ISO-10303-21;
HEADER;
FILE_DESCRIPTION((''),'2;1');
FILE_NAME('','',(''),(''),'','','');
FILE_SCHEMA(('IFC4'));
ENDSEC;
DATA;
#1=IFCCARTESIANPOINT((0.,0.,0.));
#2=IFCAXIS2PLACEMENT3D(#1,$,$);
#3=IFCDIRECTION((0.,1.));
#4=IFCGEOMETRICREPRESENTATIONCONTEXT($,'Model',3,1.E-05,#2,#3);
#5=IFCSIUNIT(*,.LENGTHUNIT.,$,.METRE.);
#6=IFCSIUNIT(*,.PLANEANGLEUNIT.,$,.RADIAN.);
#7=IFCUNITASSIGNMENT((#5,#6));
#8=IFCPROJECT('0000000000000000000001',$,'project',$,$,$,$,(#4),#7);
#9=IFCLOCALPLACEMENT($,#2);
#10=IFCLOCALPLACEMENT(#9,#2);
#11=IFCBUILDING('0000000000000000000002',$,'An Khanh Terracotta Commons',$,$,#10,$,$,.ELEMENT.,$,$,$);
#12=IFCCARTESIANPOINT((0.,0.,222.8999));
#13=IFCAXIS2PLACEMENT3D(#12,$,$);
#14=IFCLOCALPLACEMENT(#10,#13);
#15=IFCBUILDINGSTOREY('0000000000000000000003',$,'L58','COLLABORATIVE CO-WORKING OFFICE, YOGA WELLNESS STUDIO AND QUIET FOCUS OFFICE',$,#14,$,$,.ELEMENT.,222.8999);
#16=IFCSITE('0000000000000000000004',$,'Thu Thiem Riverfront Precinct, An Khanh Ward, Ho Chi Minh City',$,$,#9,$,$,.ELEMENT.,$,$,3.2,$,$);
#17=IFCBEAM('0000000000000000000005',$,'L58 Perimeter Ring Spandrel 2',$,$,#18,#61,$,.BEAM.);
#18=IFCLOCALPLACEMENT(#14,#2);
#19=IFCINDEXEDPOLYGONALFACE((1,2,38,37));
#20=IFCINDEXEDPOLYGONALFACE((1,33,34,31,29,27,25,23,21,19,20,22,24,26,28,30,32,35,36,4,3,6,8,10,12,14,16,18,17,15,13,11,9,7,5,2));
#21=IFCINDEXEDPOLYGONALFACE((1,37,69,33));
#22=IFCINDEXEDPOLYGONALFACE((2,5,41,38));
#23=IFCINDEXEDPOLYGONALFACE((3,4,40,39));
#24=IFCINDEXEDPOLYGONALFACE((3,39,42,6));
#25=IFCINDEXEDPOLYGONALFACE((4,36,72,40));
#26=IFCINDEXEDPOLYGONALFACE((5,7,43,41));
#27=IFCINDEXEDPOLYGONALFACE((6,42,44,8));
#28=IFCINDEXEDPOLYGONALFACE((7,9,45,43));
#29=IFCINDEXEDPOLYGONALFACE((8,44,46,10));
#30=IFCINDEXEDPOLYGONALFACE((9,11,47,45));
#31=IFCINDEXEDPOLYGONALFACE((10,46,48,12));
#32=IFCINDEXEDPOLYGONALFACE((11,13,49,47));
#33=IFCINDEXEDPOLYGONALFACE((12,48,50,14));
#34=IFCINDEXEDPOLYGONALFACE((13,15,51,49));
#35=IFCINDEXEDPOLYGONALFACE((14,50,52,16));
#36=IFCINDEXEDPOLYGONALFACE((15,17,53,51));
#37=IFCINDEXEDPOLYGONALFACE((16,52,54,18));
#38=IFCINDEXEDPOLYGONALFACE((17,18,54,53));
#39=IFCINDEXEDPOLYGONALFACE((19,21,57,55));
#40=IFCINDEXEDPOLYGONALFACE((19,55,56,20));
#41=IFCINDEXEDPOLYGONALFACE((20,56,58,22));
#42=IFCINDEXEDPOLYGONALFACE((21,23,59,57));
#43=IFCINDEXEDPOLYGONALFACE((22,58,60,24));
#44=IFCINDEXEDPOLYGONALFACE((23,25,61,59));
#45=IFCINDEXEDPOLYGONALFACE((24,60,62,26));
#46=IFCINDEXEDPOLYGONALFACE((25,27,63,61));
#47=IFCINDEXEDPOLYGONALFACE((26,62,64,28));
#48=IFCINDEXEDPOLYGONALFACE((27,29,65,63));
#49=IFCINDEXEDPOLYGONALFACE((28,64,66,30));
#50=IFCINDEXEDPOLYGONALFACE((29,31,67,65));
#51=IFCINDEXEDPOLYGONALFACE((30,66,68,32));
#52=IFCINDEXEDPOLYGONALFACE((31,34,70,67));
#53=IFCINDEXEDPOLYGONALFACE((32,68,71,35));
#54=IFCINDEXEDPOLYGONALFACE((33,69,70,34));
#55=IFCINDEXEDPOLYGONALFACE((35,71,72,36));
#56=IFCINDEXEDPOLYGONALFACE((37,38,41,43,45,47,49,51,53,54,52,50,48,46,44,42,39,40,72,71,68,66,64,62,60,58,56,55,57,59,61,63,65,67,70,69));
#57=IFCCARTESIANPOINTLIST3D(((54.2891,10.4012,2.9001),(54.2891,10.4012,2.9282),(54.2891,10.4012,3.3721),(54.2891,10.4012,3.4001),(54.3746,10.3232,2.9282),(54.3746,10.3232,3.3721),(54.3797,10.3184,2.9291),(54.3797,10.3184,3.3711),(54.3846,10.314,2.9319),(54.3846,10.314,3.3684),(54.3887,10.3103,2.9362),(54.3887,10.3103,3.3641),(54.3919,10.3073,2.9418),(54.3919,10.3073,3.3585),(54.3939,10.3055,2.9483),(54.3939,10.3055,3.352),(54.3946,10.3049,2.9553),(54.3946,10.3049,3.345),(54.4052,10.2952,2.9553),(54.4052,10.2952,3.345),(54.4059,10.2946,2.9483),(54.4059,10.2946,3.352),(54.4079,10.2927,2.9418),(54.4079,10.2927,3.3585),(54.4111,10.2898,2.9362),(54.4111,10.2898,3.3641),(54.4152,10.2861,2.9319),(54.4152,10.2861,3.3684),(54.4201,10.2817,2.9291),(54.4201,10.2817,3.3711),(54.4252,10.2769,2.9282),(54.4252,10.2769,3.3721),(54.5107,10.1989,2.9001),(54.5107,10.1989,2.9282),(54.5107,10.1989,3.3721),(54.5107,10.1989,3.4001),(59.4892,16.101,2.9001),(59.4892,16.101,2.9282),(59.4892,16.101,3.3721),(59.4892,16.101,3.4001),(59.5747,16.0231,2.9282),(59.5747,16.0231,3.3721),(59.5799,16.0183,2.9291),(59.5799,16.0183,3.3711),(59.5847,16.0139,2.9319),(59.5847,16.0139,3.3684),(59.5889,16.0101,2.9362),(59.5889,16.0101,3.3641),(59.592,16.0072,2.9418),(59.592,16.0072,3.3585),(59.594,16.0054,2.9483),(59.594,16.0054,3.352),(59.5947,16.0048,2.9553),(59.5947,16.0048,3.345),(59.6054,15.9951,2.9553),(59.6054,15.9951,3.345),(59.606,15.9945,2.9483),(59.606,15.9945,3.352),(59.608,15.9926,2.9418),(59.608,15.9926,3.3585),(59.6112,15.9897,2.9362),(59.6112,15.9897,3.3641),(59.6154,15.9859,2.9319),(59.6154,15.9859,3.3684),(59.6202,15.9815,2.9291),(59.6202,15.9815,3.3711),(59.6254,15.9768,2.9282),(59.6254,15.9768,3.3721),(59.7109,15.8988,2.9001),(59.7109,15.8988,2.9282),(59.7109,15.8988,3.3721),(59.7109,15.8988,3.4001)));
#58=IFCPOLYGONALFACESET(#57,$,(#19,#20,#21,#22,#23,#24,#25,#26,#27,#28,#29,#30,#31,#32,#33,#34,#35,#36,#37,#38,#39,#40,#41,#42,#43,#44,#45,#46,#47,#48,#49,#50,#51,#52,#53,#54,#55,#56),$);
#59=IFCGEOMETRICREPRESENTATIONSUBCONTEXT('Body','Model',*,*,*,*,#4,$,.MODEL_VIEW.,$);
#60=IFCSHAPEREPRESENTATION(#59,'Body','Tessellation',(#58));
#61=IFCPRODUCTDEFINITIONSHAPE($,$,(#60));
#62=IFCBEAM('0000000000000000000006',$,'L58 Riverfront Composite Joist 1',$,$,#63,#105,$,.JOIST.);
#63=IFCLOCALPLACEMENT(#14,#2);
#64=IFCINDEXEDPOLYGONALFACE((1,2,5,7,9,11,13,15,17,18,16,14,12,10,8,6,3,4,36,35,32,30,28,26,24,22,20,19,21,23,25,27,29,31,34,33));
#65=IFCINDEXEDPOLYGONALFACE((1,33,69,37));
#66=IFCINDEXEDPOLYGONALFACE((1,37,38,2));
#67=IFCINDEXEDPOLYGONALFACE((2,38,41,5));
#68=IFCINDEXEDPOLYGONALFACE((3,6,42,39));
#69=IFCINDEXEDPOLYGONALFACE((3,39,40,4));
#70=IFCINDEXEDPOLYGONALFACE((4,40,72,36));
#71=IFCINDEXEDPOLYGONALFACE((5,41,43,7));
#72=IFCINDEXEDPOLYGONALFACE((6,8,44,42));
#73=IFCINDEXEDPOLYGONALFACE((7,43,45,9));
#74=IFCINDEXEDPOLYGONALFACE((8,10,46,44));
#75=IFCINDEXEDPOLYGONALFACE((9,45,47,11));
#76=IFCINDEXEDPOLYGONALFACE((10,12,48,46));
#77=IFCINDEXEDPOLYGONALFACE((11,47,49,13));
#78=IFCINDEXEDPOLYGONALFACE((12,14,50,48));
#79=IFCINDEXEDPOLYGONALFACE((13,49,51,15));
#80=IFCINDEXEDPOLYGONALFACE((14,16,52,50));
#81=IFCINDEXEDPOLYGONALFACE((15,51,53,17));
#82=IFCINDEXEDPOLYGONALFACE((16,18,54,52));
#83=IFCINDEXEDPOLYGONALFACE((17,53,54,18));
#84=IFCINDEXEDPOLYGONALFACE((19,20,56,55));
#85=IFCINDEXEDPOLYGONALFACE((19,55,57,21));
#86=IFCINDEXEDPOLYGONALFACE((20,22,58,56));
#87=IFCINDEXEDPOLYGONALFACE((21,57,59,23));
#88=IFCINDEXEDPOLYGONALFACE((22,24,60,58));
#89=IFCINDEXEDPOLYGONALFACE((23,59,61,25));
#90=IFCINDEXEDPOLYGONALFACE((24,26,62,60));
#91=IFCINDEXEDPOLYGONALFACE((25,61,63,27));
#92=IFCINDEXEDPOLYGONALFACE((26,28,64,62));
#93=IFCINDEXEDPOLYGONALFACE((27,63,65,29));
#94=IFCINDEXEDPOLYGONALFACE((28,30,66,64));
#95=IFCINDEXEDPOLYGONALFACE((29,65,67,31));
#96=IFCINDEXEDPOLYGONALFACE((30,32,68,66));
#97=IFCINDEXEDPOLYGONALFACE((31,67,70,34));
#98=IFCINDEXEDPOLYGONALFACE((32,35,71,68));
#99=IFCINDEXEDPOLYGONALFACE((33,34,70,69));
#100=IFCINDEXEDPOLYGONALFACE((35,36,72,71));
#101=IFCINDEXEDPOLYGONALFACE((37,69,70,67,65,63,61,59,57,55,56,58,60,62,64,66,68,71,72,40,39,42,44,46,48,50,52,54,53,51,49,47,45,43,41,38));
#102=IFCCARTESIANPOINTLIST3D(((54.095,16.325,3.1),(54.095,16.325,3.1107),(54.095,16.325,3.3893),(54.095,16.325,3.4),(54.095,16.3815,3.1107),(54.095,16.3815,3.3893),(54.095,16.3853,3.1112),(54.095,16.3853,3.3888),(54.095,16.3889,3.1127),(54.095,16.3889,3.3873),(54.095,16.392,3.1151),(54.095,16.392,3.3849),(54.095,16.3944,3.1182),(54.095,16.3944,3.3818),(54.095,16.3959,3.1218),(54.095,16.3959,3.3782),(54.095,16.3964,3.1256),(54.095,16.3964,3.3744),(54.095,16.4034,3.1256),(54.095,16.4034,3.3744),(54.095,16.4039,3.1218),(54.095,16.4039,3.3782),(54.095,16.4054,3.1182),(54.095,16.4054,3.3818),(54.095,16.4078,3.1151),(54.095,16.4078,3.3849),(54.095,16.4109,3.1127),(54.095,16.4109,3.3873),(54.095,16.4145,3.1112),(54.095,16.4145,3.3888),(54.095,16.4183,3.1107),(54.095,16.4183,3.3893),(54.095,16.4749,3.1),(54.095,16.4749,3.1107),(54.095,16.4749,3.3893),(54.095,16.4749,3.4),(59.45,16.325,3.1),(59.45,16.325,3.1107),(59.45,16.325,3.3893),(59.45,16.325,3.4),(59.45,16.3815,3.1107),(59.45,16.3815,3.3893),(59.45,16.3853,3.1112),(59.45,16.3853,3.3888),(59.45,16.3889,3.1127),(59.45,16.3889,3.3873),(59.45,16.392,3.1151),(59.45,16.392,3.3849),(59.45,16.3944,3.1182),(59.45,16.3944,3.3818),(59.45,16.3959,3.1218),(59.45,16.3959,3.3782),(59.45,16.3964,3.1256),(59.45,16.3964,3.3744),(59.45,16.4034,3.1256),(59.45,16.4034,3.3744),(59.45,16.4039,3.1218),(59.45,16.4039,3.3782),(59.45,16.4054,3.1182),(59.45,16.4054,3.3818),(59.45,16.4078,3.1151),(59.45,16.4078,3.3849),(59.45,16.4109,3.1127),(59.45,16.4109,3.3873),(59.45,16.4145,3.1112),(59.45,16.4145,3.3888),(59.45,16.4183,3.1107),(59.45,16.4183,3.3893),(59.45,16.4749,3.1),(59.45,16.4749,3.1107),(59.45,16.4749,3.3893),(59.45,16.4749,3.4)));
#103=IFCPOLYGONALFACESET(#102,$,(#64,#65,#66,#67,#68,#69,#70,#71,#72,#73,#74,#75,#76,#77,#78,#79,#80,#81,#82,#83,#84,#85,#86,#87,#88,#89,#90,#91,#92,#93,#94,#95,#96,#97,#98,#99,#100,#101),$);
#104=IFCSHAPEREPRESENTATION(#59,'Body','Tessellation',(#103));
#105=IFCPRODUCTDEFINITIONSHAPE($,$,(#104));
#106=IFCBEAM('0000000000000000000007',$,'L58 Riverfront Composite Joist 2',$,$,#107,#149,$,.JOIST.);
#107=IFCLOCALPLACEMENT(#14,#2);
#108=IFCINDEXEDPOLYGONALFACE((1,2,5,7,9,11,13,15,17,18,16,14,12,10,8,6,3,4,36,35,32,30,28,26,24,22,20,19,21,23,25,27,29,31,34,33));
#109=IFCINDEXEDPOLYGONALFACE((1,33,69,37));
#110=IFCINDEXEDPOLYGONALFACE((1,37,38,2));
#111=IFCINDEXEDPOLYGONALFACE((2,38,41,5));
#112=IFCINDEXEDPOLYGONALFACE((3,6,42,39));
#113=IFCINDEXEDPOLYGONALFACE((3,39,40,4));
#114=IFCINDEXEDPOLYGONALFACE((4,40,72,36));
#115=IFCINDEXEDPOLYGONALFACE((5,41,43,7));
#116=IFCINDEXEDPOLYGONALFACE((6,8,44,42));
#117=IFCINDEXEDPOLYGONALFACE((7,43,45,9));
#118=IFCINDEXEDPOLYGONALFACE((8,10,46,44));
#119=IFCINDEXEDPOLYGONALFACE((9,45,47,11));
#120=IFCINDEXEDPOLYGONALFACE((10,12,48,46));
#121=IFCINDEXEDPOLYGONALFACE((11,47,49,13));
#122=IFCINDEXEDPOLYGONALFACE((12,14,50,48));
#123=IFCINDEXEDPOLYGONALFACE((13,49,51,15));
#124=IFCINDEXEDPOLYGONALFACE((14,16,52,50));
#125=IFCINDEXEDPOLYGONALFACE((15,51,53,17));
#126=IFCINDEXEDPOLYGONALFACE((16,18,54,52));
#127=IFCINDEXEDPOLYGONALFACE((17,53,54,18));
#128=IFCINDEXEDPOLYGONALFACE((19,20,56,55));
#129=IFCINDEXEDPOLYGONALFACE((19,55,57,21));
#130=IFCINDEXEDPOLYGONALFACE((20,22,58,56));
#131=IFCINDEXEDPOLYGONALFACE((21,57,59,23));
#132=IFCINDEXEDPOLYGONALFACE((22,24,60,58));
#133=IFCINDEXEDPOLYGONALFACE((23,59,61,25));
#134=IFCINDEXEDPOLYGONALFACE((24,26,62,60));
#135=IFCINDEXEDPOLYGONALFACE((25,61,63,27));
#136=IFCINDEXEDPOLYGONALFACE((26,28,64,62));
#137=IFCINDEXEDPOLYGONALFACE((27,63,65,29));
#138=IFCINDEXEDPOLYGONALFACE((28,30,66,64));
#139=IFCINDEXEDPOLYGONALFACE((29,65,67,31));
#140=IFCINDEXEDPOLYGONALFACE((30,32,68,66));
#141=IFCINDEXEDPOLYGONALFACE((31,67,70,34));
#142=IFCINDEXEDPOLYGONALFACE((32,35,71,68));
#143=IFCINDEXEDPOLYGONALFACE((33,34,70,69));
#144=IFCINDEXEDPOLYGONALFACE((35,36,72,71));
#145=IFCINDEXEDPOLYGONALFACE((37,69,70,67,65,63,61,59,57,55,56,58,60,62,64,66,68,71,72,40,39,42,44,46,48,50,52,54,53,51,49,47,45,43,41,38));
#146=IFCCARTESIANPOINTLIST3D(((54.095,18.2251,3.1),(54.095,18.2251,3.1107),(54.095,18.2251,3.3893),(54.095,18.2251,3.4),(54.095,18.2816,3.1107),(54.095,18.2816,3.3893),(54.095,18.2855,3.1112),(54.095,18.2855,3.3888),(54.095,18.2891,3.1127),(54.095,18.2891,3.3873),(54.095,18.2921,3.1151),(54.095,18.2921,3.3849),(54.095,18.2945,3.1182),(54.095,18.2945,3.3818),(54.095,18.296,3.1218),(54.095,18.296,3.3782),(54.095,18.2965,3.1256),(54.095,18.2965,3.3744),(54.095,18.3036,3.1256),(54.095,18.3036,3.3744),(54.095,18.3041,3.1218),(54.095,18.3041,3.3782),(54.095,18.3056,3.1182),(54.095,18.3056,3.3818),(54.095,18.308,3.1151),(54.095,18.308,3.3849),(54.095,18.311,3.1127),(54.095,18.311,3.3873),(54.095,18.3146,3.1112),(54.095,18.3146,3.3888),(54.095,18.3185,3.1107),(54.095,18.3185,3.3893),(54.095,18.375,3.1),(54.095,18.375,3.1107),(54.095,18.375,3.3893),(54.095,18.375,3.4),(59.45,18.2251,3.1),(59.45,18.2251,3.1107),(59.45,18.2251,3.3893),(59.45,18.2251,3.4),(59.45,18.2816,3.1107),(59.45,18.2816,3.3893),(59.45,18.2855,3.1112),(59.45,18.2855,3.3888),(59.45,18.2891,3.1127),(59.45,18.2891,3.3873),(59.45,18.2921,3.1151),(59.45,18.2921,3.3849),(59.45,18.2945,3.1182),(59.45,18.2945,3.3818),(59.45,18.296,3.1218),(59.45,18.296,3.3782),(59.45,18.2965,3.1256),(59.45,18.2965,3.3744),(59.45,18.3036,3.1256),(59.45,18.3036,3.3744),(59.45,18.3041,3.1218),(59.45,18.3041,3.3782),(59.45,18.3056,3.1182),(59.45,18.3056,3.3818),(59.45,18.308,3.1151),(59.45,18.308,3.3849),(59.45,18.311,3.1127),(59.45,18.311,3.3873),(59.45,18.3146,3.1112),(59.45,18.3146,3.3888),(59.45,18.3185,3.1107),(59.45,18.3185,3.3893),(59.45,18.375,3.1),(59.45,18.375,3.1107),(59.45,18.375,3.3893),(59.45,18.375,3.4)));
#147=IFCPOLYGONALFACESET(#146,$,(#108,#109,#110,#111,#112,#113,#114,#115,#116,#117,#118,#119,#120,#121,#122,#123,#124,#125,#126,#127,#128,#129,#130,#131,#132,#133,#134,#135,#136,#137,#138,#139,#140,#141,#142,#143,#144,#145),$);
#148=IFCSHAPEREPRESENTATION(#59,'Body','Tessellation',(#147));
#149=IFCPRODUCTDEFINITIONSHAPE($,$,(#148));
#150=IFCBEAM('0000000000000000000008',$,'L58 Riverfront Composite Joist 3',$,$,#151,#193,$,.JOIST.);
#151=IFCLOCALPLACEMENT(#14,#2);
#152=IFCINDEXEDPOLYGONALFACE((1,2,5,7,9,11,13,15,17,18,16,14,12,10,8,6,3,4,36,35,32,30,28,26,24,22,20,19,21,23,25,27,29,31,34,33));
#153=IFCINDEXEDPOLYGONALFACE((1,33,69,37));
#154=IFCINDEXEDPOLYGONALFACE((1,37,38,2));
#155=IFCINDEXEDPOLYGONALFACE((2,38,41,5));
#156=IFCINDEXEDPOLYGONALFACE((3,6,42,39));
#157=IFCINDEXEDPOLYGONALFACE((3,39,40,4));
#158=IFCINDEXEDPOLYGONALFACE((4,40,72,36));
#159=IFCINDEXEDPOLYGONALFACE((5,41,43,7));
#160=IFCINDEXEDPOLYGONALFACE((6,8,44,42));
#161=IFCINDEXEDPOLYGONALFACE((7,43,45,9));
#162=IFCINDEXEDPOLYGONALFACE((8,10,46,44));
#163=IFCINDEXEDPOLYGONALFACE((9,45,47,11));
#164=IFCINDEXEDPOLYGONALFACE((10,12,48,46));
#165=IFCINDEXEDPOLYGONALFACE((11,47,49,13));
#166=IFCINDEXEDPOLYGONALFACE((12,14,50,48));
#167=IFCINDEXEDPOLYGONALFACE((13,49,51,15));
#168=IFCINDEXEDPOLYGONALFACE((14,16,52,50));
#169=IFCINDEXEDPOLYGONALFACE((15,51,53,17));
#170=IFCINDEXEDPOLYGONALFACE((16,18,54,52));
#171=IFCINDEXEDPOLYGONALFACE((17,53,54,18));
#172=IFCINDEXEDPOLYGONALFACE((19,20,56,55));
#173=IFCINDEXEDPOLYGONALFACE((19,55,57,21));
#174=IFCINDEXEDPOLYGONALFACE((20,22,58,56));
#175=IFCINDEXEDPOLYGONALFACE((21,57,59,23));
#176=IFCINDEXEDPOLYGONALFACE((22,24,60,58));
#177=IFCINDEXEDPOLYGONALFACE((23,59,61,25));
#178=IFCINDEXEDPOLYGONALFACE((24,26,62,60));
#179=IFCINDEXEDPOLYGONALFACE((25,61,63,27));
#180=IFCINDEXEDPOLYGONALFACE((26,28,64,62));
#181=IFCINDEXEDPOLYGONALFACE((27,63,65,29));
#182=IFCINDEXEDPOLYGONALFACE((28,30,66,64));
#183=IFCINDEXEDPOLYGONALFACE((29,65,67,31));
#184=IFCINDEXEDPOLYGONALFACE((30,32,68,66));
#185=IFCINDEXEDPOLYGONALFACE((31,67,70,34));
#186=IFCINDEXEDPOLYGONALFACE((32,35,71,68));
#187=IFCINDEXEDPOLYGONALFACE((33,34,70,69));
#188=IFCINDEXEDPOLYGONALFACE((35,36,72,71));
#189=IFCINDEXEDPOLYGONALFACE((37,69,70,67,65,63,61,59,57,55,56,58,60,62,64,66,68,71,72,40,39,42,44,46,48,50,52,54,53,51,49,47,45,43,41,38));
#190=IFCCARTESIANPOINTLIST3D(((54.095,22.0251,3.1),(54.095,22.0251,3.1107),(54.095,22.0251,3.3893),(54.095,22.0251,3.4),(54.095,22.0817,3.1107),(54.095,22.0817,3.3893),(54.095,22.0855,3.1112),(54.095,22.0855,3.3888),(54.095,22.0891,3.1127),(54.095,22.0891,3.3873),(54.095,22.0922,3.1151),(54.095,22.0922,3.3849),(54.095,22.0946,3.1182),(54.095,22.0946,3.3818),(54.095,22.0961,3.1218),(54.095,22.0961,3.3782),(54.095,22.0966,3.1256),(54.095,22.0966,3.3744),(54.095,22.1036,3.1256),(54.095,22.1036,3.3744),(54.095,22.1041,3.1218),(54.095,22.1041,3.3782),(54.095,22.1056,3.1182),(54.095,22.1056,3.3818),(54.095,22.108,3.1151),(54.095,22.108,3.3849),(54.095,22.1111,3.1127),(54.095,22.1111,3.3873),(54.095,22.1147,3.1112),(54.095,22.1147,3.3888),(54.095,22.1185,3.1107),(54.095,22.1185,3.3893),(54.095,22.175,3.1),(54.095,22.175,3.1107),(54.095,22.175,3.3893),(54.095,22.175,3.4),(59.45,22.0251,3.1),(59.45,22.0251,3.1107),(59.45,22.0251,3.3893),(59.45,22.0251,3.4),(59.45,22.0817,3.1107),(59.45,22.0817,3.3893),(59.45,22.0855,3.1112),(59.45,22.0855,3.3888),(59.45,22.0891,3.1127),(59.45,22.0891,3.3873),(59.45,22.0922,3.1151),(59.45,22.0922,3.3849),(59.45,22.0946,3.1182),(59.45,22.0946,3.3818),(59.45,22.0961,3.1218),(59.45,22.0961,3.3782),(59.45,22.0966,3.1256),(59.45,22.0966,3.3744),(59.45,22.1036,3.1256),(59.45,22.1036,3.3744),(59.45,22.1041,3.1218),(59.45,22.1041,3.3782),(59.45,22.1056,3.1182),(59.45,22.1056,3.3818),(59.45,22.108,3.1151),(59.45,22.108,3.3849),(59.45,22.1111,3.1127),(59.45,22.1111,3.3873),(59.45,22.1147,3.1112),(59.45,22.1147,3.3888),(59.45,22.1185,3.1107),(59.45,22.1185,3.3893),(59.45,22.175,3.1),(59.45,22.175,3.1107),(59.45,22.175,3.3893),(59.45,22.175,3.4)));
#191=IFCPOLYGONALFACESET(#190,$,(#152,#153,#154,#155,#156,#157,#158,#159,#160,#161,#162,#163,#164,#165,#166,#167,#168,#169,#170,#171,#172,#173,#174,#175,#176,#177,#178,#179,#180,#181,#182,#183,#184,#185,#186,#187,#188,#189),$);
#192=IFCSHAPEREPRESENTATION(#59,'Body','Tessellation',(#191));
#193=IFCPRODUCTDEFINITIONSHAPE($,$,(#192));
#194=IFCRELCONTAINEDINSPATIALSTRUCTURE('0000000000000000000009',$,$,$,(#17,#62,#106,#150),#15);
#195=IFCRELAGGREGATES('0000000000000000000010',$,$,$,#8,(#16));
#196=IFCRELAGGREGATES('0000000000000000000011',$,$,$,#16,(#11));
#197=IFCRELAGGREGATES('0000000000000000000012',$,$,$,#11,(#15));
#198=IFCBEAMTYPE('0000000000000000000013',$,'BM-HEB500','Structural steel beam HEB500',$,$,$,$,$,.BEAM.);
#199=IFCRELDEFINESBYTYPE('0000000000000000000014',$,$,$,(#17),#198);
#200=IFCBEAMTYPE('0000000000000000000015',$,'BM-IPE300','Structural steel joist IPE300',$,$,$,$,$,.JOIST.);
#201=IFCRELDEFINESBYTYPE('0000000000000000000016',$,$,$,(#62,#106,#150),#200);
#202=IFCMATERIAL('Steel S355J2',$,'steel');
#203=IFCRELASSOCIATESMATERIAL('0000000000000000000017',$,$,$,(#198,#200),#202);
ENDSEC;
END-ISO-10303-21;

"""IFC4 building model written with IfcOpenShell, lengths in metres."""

from ifc_helpers import new_model, si_unit, direction, frame, origin, origin_2d, place, context, subcontext, project, spatial, i_section, extrude, material, material_profile, profile_set, type_object, element, save


model = new_model("IFC4")

# Units and contexts
model_context = context("Model", 3, precision=1e-05, world=origin(), true_north=direction((0.0, 1.0)))
body_context = subcontext(model_context, "Body", "Model", "MODEL_VIEW")
ifc_project = project(units=[si_unit("LENGTHUNIT", "METRE"), si_unit("PLANEANGLEUNIT", "RADIAN")], contexts=[model_context])

# Site, building, storey
site_placement = place(None, origin())
site = spatial("IfcSite", under=ifc_project, at=site_placement, Name="Thu Thiem Riverfront Precinct, An Khanh Ward, Ho Chi Minh City", CompositionType="ELEMENT", RefElevation=3.2)
building_placement = place(site_placement, origin())
building = spatial("IfcBuilding", under=site, at=building_placement, Name="An Khanh Terracotta Commons", CompositionType="ELEMENT")
storey_placement = place(building_placement, frame((0.0, 0.0, 222.8999)))
storey = spatial("IfcBuildingStorey", under=building, at=storey_placement, Name="L58", Description="COLLABORATIVE CO-WORKING OFFICE, YOGA WELLNESS STUDIO AND QUIET FOCUS OFFICE", CompositionType="ELEMENT", Elevation=222.8999)

# Beams
ifc_material_1 = material(Name="Steel S355J2", Category="steel")
ifc_material_profile_1 = material_profile(ifc_material_1, i_section(OverallWidth=0.3, OverallDepth=0.5, WebThickness=0.0144, FlangeThickness=0.0281, FilletRadius=0.0271, at=origin_2d()), Name="HEB500")
ifc_profile_set_1 = profile_set([ifc_material_profile_1], Name="Steel S355J2")
beam_type_1 = type_object("IfcBeamType", Name="BM-HEB500", Description="Structural steel beam HEB500", PredefinedType="BEAM", material=ifc_profile_set_1)
beam_1_placement = place(storey_placement, frame((54.3999, 10.3, 3.1501), z_axis=(0.673979, 0.738751, 0.0), x_axis=(-0.738751, 0.673979, 0.0)))
element("IfcBeam", 1, at=beam_1_placement, inside=storey, type_object=beam_type_1, Name="L58 Perimeter Ring Spandrel 2", PredefinedType="BEAM", context=body_context, shape_type="SweptSolid", body=[
    extrude(i_section(OverallWidth=0.3, OverallDepth=0.5, WebThickness=0.0144, FlangeThickness=0.0281, FilletRadius=0.0271, at=origin_2d()), origin(), (0.0, 0.0, 1.0), 7.7156),
])
ifc_material_profile_2 = material_profile(ifc_material_1, i_section(OverallWidth=0.1499, OverallDepth=0.3, WebThickness=0.0071, FlangeThickness=0.0107, FilletRadius=0.0149, at=origin_2d()), Name="IPE300")
ifc_profile_set_2 = profile_set([ifc_material_profile_2], Name="Steel S355J2")
beam_type_2 = type_object("IfcBeamType", Name="BM-IPE300", Description="Structural steel joist IPE300", PredefinedType="JOIST", material=ifc_profile_set_2)
for number, where, z_axis, x_axis, name in (
    (2, (54.095, 16.3999, 3.25), (1.0, 0.0, 0.0), (0.0, 1.0, 0.0), "L58 Riverfront Composite Joist 1"),
    (3, (54.095, 18.3, 3.25), (1.0, 0.0, 0.0), (0.0, 1.0, 0.0), "L58 Riverfront Composite Joist 2"),
    (4, (54.095, 22.1001, 3.25), (1.0, 0.0, 0.0), (0.0, 1.0, 0.0), "L58 Riverfront Composite Joist 3"),
):
    element("IfcBeam", number, at=place(storey_placement, frame(where, z_axis=z_axis, x_axis=x_axis)), inside=storey, type_object=beam_type_2, Name=name, PredefinedType="JOIST", context=body_context, shape_type="SweptSolid", body=[
        extrude(i_section(OverallWidth=0.1499, OverallDepth=0.3, WebThickness=0.0071, FlangeThickness=0.0107, FilletRadius=0.0149, at=origin_2d()), origin(), (0.0, 0.0, 1.0), 5.355),
    ])

save(model, "model.ifc")
